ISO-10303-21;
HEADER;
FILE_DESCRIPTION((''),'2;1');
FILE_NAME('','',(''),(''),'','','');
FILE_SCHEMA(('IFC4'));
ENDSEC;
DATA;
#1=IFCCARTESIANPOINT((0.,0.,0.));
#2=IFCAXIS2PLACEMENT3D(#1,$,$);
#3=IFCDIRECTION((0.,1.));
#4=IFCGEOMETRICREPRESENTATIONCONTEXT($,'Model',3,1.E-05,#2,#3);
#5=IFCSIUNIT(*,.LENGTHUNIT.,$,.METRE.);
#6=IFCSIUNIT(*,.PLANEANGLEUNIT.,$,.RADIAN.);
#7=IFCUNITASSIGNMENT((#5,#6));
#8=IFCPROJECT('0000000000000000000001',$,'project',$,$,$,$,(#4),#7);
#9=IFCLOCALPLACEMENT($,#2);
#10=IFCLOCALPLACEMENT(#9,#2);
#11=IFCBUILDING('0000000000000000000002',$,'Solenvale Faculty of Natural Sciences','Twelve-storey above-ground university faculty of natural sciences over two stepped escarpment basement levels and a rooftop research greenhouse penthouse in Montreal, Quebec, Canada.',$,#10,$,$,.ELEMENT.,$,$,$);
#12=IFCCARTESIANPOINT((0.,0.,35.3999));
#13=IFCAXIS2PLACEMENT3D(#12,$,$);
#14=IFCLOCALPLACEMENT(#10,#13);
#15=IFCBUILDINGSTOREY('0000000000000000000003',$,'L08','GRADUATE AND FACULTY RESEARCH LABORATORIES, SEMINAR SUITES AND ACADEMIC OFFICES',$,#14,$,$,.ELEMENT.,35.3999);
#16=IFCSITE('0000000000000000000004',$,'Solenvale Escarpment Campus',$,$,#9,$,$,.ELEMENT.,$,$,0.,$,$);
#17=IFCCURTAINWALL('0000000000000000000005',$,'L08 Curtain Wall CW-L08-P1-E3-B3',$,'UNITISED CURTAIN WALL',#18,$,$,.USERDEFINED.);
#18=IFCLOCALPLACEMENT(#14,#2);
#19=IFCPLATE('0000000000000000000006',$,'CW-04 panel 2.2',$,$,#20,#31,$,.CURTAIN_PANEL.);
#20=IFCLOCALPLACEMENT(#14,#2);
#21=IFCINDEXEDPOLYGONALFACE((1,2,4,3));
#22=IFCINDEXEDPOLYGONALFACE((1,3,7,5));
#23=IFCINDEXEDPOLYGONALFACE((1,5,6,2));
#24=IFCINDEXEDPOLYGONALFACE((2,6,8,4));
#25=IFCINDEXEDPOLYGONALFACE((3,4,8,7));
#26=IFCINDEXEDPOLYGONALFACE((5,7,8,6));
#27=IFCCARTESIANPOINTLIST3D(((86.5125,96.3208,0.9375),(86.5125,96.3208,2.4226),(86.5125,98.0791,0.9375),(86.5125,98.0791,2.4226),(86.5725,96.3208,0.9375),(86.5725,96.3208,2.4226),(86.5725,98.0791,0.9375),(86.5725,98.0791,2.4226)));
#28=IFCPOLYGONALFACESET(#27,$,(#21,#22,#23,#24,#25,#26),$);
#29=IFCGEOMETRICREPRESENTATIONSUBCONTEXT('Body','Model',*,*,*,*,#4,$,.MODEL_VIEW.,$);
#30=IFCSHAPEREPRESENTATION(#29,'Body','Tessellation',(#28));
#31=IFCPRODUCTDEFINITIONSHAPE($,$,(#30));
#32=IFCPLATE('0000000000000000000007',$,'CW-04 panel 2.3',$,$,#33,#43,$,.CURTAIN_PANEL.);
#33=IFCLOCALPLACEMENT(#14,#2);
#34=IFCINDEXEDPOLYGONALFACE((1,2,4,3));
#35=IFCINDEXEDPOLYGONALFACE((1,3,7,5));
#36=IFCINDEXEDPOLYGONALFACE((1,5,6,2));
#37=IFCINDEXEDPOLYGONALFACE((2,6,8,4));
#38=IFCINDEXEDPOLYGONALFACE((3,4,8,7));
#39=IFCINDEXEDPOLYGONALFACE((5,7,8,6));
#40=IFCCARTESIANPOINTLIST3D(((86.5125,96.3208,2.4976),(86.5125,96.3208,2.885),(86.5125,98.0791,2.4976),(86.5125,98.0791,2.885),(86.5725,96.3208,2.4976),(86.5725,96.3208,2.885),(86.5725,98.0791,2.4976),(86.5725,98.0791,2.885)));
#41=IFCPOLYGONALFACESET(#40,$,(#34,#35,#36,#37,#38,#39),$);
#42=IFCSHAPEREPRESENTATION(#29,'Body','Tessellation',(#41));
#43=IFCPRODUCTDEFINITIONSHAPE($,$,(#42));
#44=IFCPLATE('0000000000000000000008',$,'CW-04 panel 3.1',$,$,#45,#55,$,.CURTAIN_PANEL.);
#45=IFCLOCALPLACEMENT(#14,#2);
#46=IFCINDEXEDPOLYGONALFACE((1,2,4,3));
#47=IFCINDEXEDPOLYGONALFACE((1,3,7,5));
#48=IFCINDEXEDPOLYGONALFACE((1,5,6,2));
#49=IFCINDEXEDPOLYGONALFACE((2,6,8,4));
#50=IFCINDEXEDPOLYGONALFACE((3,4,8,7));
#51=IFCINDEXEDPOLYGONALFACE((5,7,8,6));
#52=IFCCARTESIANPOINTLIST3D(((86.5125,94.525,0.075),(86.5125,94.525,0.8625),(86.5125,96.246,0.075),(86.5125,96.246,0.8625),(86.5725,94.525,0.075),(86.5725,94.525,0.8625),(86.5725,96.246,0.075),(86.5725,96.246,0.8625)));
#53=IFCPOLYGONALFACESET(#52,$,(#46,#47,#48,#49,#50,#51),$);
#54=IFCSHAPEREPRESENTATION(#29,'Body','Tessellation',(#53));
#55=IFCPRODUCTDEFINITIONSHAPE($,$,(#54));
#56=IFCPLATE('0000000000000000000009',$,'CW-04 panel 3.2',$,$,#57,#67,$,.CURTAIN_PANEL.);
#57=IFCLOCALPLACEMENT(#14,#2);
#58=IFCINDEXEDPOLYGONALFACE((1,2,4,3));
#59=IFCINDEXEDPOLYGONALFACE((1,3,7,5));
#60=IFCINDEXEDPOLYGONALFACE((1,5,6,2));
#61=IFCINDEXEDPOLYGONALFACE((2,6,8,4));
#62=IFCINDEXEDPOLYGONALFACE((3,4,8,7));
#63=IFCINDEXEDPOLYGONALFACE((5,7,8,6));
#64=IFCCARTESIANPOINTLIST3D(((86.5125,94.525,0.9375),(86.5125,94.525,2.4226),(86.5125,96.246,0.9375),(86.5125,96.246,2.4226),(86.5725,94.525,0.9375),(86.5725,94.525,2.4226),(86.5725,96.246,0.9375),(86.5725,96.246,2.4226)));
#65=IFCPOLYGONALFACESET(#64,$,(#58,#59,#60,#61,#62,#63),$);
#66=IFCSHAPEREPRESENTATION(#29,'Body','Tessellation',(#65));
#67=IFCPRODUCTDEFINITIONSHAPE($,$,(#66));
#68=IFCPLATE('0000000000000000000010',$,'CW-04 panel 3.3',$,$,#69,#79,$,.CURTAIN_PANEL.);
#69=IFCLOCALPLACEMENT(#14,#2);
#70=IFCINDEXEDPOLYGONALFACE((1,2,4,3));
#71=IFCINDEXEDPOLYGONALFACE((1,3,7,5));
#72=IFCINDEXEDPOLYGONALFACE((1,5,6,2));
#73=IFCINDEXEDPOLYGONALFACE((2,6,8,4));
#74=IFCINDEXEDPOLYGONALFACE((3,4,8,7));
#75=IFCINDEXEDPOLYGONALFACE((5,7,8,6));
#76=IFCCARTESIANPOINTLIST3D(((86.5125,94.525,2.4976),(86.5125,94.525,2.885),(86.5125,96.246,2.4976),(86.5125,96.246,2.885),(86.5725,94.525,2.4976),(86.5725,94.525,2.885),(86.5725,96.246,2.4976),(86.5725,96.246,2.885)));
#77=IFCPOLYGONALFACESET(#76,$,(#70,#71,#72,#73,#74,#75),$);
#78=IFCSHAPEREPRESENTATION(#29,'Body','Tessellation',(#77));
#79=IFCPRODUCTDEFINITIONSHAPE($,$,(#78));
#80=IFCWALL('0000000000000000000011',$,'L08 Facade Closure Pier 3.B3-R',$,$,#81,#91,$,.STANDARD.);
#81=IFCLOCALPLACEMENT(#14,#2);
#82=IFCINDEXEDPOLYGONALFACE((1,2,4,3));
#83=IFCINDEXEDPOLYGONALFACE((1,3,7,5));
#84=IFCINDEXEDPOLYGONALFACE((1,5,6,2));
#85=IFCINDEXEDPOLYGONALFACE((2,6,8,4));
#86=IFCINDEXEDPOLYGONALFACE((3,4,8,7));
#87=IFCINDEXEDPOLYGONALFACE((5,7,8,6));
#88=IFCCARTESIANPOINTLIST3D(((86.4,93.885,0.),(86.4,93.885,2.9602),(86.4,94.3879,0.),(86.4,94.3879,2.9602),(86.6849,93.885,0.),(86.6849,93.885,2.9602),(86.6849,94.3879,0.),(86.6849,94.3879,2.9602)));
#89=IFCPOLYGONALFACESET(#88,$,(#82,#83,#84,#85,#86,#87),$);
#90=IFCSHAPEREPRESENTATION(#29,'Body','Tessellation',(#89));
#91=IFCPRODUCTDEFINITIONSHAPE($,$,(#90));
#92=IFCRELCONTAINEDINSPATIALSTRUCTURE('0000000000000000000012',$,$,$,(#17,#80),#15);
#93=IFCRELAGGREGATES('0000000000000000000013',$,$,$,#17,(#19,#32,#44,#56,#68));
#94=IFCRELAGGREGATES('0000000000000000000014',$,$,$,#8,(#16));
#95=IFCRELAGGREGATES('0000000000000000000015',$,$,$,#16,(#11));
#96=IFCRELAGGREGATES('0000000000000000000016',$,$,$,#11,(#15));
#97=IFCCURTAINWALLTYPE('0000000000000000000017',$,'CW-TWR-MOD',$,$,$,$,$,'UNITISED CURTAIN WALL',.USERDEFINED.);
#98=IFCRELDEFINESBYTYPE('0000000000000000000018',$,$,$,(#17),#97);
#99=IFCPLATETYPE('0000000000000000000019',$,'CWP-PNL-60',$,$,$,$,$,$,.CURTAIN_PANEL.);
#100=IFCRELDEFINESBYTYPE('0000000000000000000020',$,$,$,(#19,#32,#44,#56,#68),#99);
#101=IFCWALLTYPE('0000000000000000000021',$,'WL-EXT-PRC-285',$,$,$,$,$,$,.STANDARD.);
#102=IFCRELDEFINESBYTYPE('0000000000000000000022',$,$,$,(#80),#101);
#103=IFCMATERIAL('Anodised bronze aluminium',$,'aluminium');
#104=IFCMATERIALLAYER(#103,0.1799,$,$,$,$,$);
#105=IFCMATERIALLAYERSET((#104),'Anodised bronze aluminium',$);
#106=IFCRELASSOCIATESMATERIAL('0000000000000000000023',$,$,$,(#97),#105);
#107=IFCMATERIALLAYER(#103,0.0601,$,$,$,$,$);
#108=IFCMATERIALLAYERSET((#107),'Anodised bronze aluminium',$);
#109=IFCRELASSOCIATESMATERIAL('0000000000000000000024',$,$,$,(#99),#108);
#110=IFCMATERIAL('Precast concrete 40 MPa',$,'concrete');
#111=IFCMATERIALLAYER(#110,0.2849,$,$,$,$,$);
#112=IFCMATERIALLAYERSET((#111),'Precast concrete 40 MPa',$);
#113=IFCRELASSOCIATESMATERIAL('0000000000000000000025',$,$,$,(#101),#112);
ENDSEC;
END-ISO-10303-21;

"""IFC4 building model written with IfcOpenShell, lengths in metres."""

from ifc_helpers import new_model, si_unit, direction, frame, frame_2d, origin, origin_2d, place, context, subcontext, project, spatial, rectangle, extrude, material, layer, layer_set, type_object, element, aggregate, save


model = new_model("IFC4")

# Units and contexts
model_context = context("Model", 3, precision=1e-05, world=origin(), true_north=direction((0.0, 1.0)))
body_context = subcontext(model_context, "Body", "Model", "MODEL_VIEW")
ifc_project = project(units=[si_unit("LENGTHUNIT", "METRE"), si_unit("PLANEANGLEUNIT", "RADIAN")], contexts=[model_context])

# Site, building, storey
site_placement = place(None, origin())
site = spatial("IfcSite", under=ifc_project, at=site_placement, Name="Solenvale Escarpment Campus", CompositionType="ELEMENT", RefElevation=0.0)
building_placement = place(site_placement, origin())
building = spatial("IfcBuilding", under=site, at=building_placement, Name="Solenvale Faculty of Natural Sciences", Description="Twelve-storey above-ground university faculty of natural sciences over two stepped escarpment basement levels and a rooftop research greenhouse penthouse in Montreal, Quebec, Canada.", CompositionType="ELEMENT")
storey_placement = place(building_placement, frame((0.0, 0.0, 35.3999)))
storey = spatial("IfcBuildingStorey", under=building, at=storey_placement, Name="L08", Description="GRADUATE AND FACULTY RESEARCH LABORATORIES, SEMINAR SUITES AND ACADEMIC OFFICES", CompositionType="ELEMENT", Elevation=35.3999)

# Curtain wall, plates
ifc_material_1 = material(Name="Anodised bronze aluminium", Category="aluminium")
ifc_layer_1 = layer(ifc_material_1, 0.1799)
ifc_layer_set_1 = layer_set([ifc_layer_1], Name="Anodised bronze aluminium")
curtain_wall_type = type_object("IfcCurtainWallType", Name="CW-TWR-MOD", ElementType="UNITISED CURTAIN WALL", PredefinedType="USERDEFINED", material=ifc_layer_set_1)
curtain_wall_placement = place(storey_placement, origin())
curtain_wall = element("IfcCurtainWall", 1, at=curtain_wall_placement, inside=storey, type_object=curtain_wall_type, Name="L08 Curtain Wall CW-L08-P1-E3-B3", ObjectType="UNITISED CURTAIN WALL", PredefinedType="USERDEFINED")
ifc_layer_2 = layer(ifc_material_1, 0.0601)
ifc_layer_set_2 = layer_set([ifc_layer_2], Name="Anodised bronze aluminium")
plate_type = type_object("IfcPlateType", Name="CWP-PNL-60", PredefinedType="CURTAIN_PANEL", material=ifc_layer_set_2)
plate_1_placement = place(storey_placement, frame((86.5425, 97.2, 0.9375), z_axis=(0.0, 0.0, 1.0), x_axis=(0.0, -1.0, 0.0)))
plate_1 = element("IfcPlate", 2, at=plate_1_placement, type_object=plate_type, Name="CW-04 panel 2.2", PredefinedType="CURTAIN_PANEL", context=body_context, shape_type="SweptSolid", body=[
    extrude(rectangle(XDim=1.7583, YDim=0.0601, at=origin_2d()), origin(), (0.0, 0.0, 1.0), 1.4851),
])
plate_2_placement = place(storey_placement, frame((86.5425, 97.2, 2.4976), z_axis=(0.0, 0.0, 1.0), x_axis=(0.0, -1.0, 0.0)))
plate_2 = element("IfcPlate", 3, at=plate_2_placement, type_object=plate_type, Name="CW-04 panel 2.3", PredefinedType="CURTAIN_PANEL", context=body_context, shape_type="SweptSolid", body=[
    extrude(rectangle(XDim=1.7583, YDim=0.0601, at=origin_2d()), origin(), (0.0, 0.0, 1.0), 0.3875),
])
plate_3_placement = place(storey_placement, frame((86.5425, 95.3855, 0.075), z_axis=(0.0, 0.0, 1.0), x_axis=(0.0, -1.0, 0.0)))
plate_3 = element("IfcPlate", 4, at=plate_3_placement, type_object=plate_type, Name="CW-04 panel 3.1", PredefinedType="CURTAIN_PANEL", context=body_context, shape_type="SweptSolid", body=[
    extrude(rectangle(XDim=1.7209, YDim=0.0601, at=origin_2d()), origin(), (0.0, 0.0, 1.0), 0.7876),
])
plate_4_placement = place(storey_placement, frame((86.5425, 95.3855, 0.9375), z_axis=(0.0, 0.0, 1.0), x_axis=(0.0, -1.0, 0.0)))
plate_4 = element("IfcPlate", 5, at=plate_4_placement, type_object=plate_type, Name="CW-04 panel 3.2", PredefinedType="CURTAIN_PANEL", context=body_context, shape_type="SweptSolid", body=[
    extrude(rectangle(XDim=1.7209, YDim=0.0601, at=origin_2d()), origin(), (0.0, 0.0, 1.0), 1.4851),
])
plate_5_placement = place(storey_placement, frame((86.5425, 95.3855, 2.4976), z_axis=(0.0, 0.0, 1.0), x_axis=(0.0, -1.0, 0.0)))
plate_5 = element("IfcPlate", 6, at=plate_5_placement, type_object=plate_type, Name="CW-04 panel 3.3", PredefinedType="CURTAIN_PANEL", context=body_context, shape_type="SweptSolid", body=[
    extrude(rectangle(XDim=1.7209, YDim=0.0601, at=origin_2d()), origin(), (0.0, 0.0, 1.0), 0.3875),
])
aggregate(curtain_wall, [plate_1, plate_2, plate_3, plate_4, plate_5])

# Wall
ifc_material_2 = material(Name="Precast concrete 40 MPa", Category="concrete")
ifc_layer_3 = layer(ifc_material_2, 0.2849)
ifc_layer_set_3 = layer_set([ifc_layer_3], Name="Precast concrete 40 MPa")
wall_type = type_object("IfcWallType", Name="WL-EXT-PRC-285", PredefinedType="STANDARD", material=ifc_layer_set_3)
wall_placement = place(storey_placement, frame((86.5425, 94.3879, 0.0), z_axis=(0.0, 0.0, 1.0), x_axis=(0.0, -1.0, 0.0)))
element("IfcWall", 7, at=wall_placement, inside=storey, type_object=wall_type, Name="L08 Facade Closure Pier 3.B3-R", PredefinedType="STANDARD", context=body_context, shape_type="SweptSolid", body=[
    extrude(rectangle(XDim=0.5029, YDim=0.2849, at=frame_2d((0.2515, 0.0))), origin(), (0.0, 0.0, 1.0), 2.9602),
])

save(model, "model.ifc")
